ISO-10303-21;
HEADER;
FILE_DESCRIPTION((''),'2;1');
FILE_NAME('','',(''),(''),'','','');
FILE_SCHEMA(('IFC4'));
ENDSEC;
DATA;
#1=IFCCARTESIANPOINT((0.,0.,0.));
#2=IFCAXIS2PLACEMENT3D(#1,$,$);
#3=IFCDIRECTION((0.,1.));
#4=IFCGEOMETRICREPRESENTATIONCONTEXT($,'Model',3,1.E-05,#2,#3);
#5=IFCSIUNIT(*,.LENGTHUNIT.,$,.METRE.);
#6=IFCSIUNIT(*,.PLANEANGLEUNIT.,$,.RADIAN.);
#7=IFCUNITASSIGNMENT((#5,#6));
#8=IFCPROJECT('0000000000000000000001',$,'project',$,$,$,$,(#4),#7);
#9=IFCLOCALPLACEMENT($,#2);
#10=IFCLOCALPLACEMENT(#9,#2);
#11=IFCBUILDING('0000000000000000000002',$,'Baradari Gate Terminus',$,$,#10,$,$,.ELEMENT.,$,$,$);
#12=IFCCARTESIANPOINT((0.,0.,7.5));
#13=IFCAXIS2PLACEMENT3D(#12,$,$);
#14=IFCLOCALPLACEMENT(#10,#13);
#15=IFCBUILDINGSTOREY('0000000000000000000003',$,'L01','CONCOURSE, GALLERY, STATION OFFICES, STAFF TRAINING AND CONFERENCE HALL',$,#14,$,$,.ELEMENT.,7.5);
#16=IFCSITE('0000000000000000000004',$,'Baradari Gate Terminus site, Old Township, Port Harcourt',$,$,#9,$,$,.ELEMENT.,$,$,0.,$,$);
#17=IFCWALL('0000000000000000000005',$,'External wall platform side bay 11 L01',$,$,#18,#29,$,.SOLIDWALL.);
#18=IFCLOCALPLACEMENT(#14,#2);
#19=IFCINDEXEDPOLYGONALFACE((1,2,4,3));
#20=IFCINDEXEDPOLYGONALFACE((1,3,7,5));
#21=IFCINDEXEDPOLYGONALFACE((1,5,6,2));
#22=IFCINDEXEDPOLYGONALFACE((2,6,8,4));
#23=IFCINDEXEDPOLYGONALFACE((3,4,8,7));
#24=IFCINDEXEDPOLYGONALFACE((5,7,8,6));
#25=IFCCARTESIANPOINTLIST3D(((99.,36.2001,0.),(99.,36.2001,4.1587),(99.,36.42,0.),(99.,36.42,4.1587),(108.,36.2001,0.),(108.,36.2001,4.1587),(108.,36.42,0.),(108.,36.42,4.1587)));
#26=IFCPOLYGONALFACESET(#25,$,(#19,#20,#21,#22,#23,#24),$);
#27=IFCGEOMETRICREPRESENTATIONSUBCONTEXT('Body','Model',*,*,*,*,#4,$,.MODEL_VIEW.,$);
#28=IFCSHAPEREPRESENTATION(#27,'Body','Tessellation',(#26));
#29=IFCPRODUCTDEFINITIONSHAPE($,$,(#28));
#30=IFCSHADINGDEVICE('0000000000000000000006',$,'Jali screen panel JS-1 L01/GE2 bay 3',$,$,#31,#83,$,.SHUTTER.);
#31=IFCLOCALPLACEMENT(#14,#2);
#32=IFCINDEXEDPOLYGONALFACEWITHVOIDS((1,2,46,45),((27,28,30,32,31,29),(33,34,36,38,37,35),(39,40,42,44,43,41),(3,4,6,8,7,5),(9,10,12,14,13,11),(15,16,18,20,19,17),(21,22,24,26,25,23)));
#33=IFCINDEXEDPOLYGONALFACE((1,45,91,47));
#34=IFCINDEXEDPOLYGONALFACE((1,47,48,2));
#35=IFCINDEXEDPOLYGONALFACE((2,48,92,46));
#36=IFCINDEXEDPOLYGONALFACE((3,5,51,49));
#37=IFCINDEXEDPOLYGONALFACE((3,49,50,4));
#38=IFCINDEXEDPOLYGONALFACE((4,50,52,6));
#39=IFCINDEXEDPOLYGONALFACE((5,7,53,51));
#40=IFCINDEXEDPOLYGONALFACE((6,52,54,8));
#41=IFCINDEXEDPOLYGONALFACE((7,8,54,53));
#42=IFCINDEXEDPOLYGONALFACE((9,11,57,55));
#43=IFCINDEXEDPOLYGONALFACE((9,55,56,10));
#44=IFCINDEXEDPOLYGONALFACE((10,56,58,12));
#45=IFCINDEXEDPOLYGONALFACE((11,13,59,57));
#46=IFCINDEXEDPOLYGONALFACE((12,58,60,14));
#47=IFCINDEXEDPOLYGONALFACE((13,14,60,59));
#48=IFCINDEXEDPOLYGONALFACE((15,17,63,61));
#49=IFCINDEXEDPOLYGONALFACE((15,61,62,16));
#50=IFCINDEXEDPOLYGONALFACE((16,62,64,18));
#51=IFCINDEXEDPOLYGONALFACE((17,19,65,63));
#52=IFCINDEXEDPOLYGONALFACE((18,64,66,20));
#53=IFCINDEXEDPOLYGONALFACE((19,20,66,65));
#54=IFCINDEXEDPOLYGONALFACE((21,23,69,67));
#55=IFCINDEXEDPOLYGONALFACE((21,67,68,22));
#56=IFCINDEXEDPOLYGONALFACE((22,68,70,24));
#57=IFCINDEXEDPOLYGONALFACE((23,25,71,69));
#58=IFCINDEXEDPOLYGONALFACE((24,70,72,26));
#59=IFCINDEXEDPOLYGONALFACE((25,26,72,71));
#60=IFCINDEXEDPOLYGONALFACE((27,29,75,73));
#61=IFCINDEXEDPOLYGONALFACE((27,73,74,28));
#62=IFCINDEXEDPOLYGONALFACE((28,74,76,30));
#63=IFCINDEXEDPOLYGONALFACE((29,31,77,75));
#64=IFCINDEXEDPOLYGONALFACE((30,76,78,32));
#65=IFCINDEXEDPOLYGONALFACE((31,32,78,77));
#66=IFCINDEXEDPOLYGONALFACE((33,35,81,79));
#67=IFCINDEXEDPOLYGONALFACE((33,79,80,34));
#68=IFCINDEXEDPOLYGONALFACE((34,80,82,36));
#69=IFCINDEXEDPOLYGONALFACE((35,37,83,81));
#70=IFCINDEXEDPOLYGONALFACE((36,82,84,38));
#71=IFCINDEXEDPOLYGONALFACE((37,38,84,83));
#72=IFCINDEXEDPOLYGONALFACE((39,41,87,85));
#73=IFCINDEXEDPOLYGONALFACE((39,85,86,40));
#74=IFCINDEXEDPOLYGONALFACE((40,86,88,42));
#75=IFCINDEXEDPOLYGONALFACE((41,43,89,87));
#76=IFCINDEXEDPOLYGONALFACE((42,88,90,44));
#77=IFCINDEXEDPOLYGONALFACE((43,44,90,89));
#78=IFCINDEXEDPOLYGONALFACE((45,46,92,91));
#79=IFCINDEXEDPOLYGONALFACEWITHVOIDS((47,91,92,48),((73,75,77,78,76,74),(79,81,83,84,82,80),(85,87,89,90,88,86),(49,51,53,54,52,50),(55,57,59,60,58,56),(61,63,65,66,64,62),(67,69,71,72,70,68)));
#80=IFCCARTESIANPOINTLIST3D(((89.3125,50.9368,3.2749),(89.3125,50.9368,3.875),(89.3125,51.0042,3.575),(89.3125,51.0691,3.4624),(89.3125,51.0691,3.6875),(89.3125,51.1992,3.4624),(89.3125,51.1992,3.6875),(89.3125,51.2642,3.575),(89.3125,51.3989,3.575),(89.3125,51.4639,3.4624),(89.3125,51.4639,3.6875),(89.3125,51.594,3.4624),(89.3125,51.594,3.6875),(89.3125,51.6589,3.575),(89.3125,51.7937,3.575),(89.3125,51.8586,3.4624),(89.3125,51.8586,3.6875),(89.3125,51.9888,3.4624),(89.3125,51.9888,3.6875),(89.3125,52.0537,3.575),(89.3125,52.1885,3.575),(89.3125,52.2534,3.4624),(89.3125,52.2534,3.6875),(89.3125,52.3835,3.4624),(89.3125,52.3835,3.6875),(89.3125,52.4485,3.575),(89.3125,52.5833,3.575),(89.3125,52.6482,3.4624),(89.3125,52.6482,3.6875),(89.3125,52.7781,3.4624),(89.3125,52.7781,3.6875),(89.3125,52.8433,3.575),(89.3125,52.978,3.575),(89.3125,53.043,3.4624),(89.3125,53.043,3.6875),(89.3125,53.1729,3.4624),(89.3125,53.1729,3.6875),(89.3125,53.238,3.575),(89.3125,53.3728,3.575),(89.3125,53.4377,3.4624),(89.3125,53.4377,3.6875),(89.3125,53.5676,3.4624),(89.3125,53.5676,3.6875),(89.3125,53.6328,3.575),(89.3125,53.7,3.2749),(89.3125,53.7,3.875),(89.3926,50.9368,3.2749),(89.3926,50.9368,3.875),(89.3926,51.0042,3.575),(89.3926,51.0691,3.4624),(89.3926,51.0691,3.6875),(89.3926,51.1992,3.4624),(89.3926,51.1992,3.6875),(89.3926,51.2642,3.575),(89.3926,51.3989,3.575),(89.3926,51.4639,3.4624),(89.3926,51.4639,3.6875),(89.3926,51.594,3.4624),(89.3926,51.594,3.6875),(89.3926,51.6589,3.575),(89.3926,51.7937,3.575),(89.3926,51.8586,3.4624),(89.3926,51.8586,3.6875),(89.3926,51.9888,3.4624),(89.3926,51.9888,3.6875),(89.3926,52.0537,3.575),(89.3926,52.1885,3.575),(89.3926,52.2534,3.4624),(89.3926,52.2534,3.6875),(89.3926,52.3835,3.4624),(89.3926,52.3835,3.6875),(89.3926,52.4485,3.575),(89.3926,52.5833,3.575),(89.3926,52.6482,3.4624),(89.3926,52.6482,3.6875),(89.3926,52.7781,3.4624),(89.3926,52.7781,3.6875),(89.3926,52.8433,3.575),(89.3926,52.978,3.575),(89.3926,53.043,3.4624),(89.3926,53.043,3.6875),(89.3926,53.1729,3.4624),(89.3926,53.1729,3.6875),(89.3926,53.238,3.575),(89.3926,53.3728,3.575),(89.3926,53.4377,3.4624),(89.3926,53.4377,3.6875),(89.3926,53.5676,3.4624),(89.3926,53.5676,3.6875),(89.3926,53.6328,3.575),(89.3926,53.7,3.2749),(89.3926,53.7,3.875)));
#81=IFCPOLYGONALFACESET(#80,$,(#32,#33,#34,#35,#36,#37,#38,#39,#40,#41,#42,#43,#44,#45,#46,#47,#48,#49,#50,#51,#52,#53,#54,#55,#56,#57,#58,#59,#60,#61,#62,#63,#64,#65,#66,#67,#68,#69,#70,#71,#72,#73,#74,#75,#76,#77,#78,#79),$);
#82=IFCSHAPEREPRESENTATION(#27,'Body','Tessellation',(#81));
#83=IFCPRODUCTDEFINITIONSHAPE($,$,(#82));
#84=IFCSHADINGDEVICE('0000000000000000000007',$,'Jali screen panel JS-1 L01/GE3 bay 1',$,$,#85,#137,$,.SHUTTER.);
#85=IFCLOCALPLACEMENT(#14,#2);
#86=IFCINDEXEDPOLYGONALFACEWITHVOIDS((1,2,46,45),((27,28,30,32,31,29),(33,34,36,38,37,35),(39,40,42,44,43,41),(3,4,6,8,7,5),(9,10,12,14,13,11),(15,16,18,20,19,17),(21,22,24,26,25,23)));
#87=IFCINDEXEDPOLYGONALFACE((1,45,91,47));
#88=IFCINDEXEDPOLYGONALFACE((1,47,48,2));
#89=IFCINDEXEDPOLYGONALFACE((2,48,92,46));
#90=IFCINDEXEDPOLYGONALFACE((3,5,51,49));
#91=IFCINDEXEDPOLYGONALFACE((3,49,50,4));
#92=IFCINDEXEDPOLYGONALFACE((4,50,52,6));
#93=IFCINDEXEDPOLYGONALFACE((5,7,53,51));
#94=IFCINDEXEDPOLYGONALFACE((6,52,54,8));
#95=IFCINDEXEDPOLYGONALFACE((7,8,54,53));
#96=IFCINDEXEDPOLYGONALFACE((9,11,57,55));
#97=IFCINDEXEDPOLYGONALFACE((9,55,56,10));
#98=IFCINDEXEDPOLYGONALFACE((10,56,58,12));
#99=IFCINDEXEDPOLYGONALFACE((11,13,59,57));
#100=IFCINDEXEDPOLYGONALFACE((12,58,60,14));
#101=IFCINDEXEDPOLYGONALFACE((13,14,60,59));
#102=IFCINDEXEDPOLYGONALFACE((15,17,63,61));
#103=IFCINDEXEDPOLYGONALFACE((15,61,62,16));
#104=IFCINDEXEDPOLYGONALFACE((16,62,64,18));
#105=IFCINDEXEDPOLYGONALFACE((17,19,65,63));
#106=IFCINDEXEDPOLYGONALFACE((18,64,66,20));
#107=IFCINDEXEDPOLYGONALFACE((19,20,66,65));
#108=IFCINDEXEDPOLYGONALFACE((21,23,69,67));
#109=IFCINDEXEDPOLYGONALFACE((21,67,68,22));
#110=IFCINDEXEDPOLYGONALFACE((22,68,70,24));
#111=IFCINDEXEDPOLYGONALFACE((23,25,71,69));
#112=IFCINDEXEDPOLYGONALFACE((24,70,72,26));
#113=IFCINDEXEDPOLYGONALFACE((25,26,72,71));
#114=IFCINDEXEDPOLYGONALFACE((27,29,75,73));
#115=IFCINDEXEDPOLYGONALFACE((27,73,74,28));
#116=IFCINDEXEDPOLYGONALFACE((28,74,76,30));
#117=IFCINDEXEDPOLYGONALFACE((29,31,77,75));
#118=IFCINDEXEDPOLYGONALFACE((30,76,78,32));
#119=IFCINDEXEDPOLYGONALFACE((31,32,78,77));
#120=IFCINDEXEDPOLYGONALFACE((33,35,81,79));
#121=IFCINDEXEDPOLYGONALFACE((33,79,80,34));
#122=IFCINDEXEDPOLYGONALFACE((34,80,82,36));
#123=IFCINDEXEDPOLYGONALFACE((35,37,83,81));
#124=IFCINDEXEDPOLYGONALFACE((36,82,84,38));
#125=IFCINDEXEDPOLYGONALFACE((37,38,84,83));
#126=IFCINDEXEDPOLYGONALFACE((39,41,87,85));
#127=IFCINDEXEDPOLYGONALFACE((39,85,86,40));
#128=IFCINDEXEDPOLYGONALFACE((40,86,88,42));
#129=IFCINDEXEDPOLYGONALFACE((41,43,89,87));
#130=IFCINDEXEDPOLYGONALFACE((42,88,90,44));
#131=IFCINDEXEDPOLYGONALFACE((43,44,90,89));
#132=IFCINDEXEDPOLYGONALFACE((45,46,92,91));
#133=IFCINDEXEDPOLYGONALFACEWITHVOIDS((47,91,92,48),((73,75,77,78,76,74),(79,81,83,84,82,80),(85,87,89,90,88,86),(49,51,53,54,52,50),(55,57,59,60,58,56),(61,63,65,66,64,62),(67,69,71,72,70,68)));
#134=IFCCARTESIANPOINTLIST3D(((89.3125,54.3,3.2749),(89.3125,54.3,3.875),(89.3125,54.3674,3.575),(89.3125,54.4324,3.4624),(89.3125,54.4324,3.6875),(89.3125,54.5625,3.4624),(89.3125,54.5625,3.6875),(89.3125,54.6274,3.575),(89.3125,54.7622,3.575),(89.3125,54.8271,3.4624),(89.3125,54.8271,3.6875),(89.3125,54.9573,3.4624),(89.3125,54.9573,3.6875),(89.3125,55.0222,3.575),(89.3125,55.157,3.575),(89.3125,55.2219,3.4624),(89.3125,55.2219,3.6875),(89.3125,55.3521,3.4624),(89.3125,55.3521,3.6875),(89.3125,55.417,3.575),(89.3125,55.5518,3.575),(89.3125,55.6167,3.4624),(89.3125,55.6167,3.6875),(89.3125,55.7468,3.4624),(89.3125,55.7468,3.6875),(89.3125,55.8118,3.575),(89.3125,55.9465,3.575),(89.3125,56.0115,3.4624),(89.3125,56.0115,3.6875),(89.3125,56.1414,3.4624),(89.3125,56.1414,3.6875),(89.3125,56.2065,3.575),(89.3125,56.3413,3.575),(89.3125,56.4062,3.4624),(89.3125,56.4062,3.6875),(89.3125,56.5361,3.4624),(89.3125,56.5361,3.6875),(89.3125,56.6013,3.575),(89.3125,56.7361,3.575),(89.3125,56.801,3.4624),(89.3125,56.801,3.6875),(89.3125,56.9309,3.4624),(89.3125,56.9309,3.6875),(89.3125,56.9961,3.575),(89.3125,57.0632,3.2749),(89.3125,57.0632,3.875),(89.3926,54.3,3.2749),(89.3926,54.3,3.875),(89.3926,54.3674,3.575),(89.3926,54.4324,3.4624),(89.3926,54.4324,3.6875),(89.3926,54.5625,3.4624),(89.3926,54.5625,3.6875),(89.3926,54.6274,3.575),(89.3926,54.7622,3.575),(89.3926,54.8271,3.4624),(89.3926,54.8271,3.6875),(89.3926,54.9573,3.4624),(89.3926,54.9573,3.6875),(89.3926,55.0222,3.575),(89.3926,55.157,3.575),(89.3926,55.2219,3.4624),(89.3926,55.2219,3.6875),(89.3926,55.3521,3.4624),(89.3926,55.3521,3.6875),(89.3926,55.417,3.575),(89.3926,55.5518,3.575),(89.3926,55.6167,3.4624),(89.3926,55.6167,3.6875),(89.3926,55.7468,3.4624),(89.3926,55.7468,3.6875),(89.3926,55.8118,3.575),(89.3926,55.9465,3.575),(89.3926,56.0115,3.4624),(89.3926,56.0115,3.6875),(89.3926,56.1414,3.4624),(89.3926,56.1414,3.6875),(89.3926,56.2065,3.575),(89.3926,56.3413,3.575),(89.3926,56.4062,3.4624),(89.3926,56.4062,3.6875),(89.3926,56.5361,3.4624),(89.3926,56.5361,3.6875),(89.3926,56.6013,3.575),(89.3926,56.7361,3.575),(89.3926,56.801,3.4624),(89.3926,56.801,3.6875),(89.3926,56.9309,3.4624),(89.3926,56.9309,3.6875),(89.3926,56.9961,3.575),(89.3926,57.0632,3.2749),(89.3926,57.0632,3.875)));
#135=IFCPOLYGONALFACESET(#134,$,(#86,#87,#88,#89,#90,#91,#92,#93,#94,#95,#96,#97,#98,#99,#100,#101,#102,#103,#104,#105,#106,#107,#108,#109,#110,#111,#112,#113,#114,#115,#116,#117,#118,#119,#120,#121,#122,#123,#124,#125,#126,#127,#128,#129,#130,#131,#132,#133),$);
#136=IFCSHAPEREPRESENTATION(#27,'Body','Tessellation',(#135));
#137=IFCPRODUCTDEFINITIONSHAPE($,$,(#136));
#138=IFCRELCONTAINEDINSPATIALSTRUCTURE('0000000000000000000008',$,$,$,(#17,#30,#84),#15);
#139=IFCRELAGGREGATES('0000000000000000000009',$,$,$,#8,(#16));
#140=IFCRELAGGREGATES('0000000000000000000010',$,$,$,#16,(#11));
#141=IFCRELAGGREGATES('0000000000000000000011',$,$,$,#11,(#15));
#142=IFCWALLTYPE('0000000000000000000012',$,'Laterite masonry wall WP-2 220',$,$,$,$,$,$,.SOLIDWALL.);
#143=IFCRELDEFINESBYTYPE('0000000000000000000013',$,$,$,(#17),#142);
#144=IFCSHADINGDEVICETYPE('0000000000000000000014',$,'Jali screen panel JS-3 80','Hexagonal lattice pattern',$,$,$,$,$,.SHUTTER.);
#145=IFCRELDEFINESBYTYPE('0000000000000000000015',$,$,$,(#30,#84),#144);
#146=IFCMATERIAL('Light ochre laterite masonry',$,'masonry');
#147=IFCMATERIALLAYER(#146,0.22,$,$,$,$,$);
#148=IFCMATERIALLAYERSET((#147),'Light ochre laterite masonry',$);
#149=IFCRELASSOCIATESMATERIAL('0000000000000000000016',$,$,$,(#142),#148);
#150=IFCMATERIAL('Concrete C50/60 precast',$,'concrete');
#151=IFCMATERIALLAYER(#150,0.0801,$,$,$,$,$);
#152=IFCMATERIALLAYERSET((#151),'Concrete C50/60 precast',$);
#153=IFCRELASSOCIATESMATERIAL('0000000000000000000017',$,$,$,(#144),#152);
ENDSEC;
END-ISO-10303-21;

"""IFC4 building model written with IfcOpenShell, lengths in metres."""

from ifc_helpers import new_model, si_unit, direction, frame, frame_2d, origin, place, context, subcontext, project, spatial, polyline, rectangle, outline, extrude, material, layer, layer_set, type_object, element, save


model = new_model("IFC4")

# Units and contexts
model_context = context("Model", 3, precision=1e-05, world=origin(), true_north=direction((0.0, 1.0)))
body_context = subcontext(model_context, "Body", "Model", "MODEL_VIEW")
ifc_project = project(units=[si_unit("LENGTHUNIT", "METRE"), si_unit("PLANEANGLEUNIT", "RADIAN")], contexts=[model_context])

# Site, building, storey
site_placement = place(None, origin())
site = spatial("IfcSite", under=ifc_project, at=site_placement, Name="Baradari Gate Terminus site, Old Township, Port Harcourt", CompositionType="ELEMENT", RefElevation=0.0)
building_placement = place(site_placement, origin())
building = spatial("IfcBuilding", under=site, at=building_placement, Name="Baradari Gate Terminus", CompositionType="ELEMENT")
storey_placement = place(building_placement, frame((0.0, 0.0, 7.5)))
storey = spatial("IfcBuildingStorey", under=building, at=storey_placement, Name="L01", Description="CONCOURSE, GALLERY, STATION OFFICES, STAFF TRAINING AND CONFERENCE HALL", CompositionType="ELEMENT", Elevation=7.5)

# Shared definitions
ifc_material_1 = material(Name="Light ochre laterite masonry", Category="masonry")
ifc_layer_1 = layer(ifc_material_1, 0.22)
ifc_layer_set_1 = layer_set([ifc_layer_1], Name="Light ochre laterite masonry")
wall_type_1 = type_object("IfcWallType", Name="Laterite masonry wall WP-2 220", PredefinedType="SOLIDWALL", material=ifc_layer_set_1)

# Wall
wall_1_placement = place(storey_placement, frame((99.0, 36.3101, 0.0), z_axis=(0.0, 0.0, 1.0), x_axis=(1.0, 0.0, 0.0)))
element("IfcWall", 1, at=wall_1_placement, inside=storey, type_object=wall_type_1, Name="External wall platform side bay 11 L01", PredefinedType="SOLIDWALL", context=body_context, shape_type="SweptSolid", body=[
    extrude(rectangle(XDim=9.0, YDim=0.22, at=frame_2d((4.5, 0.0))), origin(), (0.0, 0.0, 1.0), 4.1587),
])

# Shading devices
ifc_material_2 = material(Name="Concrete C50/60 precast", Category="concrete")
ifc_layer_2 = layer(ifc_material_2, 0.0801)
ifc_layer_set_2 = layer_set([ifc_layer_2], Name="Concrete C50/60 precast")
shading_device_type = type_object("IfcShadingDeviceType", Name="Jali screen panel JS-3 80", Description="Hexagonal lattice pattern", PredefinedType="SHUTTER", material=ifc_layer_set_2)
shading_device_1_placement = place(storey_placement, frame((89.3525, 50.9368, 3.2749), z_axis=(0.0, 0.0, 1.0), x_axis=(0.0, 1.0, 0.0)))
element("IfcShadingDevice", 2, at=shading_device_1_placement, inside=storey, type_object=shading_device_type, Name="Jali screen panel JS-1 L01/GE2 bay 3", PredefinedType="SHUTTER", context=body_context, shape_type="SweptSolid", body=[
    extrude(outline(polyline([(0.0, 0.0), (2.7632, 0.0), (2.7632, 0.6001), (0.0, 0.6001), (0.0, 0.0)]), holes=[polyline([(0.3274, 0.3), (0.2625, 0.1875), (0.1323, 0.1875), (0.0674, 0.3), (0.1323, 0.4126), (0.2625, 0.4126), (0.3274, 0.3)]), polyline([(0.7222, 0.3), (0.6572, 0.1875), (0.5271, 0.1875), (0.4622, 0.3), (0.5271, 0.4126), (0.6572, 0.4126), (0.7222, 0.3)]), polyline([(1.1169, 0.3), (1.052, 0.1875), (0.9219, 0.1875), (0.8569, 0.3), (0.9219, 0.4126), (1.052, 0.4126), (1.1169, 0.3)]), polyline([(1.5117, 0.3), (1.4468, 0.1875), (1.3167, 0.1875), (1.2517, 0.3), (1.3167, 0.4126), (1.4468, 0.4126), (1.5117, 0.3)]), polyline([(1.9065, 0.3), (1.8413, 0.1875), (1.7114, 0.1875), (1.6465, 0.3), (1.7114, 0.4126), (1.8413, 0.4126), (1.9065, 0.3)]), polyline([(2.3013, 0.3), (2.2361, 0.1875), (2.1062, 0.1875), (2.0413, 0.3), (2.1062, 0.4126), (2.2361, 0.4126), (2.3013, 0.3)]), polyline([(2.696, 0.3), (2.6309, 0.1875), (2.501, 0.1875), (2.436, 0.3), (2.501, 0.4126), (2.6309, 0.4126), (2.696, 0.3)])]), frame((0.0, 0.04, 0.0), z_axis=(0.0, -1.0, 0.0), x_axis=(1.0, 0.0, 0.0)), (0.0, 0.0, 1.0), 0.0801),
])
shading_device_2_placement = place(storey_placement, frame((89.3525, 54.3, 3.2749), z_axis=(0.0, 0.0, 1.0), x_axis=(0.0, 1.0, 0.0)))
element("IfcShadingDevice", 3, at=shading_device_2_placement, inside=storey, type_object=shading_device_type, Name="Jali screen panel JS-1 L01/GE3 bay 1", PredefinedType="SHUTTER", context=body_context, shape_type="SweptSolid", body=[
    extrude(outline(polyline([(0.0, 0.0), (2.7632, 0.0), (2.7632, 0.6001), (0.0, 0.6001), (0.0, 0.0)]), holes=[polyline([(0.3274, 0.3), (0.2625, 0.1875), (0.1323, 0.1875), (0.0674, 0.3), (0.1323, 0.4126), (0.2625, 0.4126), (0.3274, 0.3)]), polyline([(0.7222, 0.3), (0.6572, 0.1875), (0.5271, 0.1875), (0.4622, 0.3), (0.5271, 0.4126), (0.6572, 0.4126), (0.7222, 0.3)]), polyline([(1.1169, 0.3), (1.052, 0.1875), (0.9219, 0.1875), (0.8569, 0.3), (0.9219, 0.4126), (1.052, 0.4126), (1.1169, 0.3)]), polyline([(1.5117, 0.3), (1.4468, 0.1875), (1.3167, 0.1875), (1.2517, 0.3), (1.3167, 0.4126), (1.4468, 0.4126), (1.5117, 0.3)]), polyline([(1.9065, 0.3), (1.8413, 0.1875), (1.7114, 0.1875), (1.6465, 0.3), (1.7114, 0.4126), (1.8413, 0.4126), (1.9065, 0.3)]), polyline([(2.3013, 0.3), (2.2361, 0.1875), (2.1062, 0.1875), (2.0413, 0.3), (2.1062, 0.4126), (2.2361, 0.4126), (2.3013, 0.3)]), polyline([(2.696, 0.3), (2.6309, 0.1875), (2.501, 0.1875), (2.436, 0.3), (2.501, 0.4126), (2.6309, 0.4126), (2.696, 0.3)])]), frame((0.0, 0.04, 0.0), z_axis=(0.0, -1.0, 0.0), x_axis=(1.0, 0.0, 0.0)), (0.0, 0.0, 1.0), 0.0801),
])

save(model, "model.ifc")
